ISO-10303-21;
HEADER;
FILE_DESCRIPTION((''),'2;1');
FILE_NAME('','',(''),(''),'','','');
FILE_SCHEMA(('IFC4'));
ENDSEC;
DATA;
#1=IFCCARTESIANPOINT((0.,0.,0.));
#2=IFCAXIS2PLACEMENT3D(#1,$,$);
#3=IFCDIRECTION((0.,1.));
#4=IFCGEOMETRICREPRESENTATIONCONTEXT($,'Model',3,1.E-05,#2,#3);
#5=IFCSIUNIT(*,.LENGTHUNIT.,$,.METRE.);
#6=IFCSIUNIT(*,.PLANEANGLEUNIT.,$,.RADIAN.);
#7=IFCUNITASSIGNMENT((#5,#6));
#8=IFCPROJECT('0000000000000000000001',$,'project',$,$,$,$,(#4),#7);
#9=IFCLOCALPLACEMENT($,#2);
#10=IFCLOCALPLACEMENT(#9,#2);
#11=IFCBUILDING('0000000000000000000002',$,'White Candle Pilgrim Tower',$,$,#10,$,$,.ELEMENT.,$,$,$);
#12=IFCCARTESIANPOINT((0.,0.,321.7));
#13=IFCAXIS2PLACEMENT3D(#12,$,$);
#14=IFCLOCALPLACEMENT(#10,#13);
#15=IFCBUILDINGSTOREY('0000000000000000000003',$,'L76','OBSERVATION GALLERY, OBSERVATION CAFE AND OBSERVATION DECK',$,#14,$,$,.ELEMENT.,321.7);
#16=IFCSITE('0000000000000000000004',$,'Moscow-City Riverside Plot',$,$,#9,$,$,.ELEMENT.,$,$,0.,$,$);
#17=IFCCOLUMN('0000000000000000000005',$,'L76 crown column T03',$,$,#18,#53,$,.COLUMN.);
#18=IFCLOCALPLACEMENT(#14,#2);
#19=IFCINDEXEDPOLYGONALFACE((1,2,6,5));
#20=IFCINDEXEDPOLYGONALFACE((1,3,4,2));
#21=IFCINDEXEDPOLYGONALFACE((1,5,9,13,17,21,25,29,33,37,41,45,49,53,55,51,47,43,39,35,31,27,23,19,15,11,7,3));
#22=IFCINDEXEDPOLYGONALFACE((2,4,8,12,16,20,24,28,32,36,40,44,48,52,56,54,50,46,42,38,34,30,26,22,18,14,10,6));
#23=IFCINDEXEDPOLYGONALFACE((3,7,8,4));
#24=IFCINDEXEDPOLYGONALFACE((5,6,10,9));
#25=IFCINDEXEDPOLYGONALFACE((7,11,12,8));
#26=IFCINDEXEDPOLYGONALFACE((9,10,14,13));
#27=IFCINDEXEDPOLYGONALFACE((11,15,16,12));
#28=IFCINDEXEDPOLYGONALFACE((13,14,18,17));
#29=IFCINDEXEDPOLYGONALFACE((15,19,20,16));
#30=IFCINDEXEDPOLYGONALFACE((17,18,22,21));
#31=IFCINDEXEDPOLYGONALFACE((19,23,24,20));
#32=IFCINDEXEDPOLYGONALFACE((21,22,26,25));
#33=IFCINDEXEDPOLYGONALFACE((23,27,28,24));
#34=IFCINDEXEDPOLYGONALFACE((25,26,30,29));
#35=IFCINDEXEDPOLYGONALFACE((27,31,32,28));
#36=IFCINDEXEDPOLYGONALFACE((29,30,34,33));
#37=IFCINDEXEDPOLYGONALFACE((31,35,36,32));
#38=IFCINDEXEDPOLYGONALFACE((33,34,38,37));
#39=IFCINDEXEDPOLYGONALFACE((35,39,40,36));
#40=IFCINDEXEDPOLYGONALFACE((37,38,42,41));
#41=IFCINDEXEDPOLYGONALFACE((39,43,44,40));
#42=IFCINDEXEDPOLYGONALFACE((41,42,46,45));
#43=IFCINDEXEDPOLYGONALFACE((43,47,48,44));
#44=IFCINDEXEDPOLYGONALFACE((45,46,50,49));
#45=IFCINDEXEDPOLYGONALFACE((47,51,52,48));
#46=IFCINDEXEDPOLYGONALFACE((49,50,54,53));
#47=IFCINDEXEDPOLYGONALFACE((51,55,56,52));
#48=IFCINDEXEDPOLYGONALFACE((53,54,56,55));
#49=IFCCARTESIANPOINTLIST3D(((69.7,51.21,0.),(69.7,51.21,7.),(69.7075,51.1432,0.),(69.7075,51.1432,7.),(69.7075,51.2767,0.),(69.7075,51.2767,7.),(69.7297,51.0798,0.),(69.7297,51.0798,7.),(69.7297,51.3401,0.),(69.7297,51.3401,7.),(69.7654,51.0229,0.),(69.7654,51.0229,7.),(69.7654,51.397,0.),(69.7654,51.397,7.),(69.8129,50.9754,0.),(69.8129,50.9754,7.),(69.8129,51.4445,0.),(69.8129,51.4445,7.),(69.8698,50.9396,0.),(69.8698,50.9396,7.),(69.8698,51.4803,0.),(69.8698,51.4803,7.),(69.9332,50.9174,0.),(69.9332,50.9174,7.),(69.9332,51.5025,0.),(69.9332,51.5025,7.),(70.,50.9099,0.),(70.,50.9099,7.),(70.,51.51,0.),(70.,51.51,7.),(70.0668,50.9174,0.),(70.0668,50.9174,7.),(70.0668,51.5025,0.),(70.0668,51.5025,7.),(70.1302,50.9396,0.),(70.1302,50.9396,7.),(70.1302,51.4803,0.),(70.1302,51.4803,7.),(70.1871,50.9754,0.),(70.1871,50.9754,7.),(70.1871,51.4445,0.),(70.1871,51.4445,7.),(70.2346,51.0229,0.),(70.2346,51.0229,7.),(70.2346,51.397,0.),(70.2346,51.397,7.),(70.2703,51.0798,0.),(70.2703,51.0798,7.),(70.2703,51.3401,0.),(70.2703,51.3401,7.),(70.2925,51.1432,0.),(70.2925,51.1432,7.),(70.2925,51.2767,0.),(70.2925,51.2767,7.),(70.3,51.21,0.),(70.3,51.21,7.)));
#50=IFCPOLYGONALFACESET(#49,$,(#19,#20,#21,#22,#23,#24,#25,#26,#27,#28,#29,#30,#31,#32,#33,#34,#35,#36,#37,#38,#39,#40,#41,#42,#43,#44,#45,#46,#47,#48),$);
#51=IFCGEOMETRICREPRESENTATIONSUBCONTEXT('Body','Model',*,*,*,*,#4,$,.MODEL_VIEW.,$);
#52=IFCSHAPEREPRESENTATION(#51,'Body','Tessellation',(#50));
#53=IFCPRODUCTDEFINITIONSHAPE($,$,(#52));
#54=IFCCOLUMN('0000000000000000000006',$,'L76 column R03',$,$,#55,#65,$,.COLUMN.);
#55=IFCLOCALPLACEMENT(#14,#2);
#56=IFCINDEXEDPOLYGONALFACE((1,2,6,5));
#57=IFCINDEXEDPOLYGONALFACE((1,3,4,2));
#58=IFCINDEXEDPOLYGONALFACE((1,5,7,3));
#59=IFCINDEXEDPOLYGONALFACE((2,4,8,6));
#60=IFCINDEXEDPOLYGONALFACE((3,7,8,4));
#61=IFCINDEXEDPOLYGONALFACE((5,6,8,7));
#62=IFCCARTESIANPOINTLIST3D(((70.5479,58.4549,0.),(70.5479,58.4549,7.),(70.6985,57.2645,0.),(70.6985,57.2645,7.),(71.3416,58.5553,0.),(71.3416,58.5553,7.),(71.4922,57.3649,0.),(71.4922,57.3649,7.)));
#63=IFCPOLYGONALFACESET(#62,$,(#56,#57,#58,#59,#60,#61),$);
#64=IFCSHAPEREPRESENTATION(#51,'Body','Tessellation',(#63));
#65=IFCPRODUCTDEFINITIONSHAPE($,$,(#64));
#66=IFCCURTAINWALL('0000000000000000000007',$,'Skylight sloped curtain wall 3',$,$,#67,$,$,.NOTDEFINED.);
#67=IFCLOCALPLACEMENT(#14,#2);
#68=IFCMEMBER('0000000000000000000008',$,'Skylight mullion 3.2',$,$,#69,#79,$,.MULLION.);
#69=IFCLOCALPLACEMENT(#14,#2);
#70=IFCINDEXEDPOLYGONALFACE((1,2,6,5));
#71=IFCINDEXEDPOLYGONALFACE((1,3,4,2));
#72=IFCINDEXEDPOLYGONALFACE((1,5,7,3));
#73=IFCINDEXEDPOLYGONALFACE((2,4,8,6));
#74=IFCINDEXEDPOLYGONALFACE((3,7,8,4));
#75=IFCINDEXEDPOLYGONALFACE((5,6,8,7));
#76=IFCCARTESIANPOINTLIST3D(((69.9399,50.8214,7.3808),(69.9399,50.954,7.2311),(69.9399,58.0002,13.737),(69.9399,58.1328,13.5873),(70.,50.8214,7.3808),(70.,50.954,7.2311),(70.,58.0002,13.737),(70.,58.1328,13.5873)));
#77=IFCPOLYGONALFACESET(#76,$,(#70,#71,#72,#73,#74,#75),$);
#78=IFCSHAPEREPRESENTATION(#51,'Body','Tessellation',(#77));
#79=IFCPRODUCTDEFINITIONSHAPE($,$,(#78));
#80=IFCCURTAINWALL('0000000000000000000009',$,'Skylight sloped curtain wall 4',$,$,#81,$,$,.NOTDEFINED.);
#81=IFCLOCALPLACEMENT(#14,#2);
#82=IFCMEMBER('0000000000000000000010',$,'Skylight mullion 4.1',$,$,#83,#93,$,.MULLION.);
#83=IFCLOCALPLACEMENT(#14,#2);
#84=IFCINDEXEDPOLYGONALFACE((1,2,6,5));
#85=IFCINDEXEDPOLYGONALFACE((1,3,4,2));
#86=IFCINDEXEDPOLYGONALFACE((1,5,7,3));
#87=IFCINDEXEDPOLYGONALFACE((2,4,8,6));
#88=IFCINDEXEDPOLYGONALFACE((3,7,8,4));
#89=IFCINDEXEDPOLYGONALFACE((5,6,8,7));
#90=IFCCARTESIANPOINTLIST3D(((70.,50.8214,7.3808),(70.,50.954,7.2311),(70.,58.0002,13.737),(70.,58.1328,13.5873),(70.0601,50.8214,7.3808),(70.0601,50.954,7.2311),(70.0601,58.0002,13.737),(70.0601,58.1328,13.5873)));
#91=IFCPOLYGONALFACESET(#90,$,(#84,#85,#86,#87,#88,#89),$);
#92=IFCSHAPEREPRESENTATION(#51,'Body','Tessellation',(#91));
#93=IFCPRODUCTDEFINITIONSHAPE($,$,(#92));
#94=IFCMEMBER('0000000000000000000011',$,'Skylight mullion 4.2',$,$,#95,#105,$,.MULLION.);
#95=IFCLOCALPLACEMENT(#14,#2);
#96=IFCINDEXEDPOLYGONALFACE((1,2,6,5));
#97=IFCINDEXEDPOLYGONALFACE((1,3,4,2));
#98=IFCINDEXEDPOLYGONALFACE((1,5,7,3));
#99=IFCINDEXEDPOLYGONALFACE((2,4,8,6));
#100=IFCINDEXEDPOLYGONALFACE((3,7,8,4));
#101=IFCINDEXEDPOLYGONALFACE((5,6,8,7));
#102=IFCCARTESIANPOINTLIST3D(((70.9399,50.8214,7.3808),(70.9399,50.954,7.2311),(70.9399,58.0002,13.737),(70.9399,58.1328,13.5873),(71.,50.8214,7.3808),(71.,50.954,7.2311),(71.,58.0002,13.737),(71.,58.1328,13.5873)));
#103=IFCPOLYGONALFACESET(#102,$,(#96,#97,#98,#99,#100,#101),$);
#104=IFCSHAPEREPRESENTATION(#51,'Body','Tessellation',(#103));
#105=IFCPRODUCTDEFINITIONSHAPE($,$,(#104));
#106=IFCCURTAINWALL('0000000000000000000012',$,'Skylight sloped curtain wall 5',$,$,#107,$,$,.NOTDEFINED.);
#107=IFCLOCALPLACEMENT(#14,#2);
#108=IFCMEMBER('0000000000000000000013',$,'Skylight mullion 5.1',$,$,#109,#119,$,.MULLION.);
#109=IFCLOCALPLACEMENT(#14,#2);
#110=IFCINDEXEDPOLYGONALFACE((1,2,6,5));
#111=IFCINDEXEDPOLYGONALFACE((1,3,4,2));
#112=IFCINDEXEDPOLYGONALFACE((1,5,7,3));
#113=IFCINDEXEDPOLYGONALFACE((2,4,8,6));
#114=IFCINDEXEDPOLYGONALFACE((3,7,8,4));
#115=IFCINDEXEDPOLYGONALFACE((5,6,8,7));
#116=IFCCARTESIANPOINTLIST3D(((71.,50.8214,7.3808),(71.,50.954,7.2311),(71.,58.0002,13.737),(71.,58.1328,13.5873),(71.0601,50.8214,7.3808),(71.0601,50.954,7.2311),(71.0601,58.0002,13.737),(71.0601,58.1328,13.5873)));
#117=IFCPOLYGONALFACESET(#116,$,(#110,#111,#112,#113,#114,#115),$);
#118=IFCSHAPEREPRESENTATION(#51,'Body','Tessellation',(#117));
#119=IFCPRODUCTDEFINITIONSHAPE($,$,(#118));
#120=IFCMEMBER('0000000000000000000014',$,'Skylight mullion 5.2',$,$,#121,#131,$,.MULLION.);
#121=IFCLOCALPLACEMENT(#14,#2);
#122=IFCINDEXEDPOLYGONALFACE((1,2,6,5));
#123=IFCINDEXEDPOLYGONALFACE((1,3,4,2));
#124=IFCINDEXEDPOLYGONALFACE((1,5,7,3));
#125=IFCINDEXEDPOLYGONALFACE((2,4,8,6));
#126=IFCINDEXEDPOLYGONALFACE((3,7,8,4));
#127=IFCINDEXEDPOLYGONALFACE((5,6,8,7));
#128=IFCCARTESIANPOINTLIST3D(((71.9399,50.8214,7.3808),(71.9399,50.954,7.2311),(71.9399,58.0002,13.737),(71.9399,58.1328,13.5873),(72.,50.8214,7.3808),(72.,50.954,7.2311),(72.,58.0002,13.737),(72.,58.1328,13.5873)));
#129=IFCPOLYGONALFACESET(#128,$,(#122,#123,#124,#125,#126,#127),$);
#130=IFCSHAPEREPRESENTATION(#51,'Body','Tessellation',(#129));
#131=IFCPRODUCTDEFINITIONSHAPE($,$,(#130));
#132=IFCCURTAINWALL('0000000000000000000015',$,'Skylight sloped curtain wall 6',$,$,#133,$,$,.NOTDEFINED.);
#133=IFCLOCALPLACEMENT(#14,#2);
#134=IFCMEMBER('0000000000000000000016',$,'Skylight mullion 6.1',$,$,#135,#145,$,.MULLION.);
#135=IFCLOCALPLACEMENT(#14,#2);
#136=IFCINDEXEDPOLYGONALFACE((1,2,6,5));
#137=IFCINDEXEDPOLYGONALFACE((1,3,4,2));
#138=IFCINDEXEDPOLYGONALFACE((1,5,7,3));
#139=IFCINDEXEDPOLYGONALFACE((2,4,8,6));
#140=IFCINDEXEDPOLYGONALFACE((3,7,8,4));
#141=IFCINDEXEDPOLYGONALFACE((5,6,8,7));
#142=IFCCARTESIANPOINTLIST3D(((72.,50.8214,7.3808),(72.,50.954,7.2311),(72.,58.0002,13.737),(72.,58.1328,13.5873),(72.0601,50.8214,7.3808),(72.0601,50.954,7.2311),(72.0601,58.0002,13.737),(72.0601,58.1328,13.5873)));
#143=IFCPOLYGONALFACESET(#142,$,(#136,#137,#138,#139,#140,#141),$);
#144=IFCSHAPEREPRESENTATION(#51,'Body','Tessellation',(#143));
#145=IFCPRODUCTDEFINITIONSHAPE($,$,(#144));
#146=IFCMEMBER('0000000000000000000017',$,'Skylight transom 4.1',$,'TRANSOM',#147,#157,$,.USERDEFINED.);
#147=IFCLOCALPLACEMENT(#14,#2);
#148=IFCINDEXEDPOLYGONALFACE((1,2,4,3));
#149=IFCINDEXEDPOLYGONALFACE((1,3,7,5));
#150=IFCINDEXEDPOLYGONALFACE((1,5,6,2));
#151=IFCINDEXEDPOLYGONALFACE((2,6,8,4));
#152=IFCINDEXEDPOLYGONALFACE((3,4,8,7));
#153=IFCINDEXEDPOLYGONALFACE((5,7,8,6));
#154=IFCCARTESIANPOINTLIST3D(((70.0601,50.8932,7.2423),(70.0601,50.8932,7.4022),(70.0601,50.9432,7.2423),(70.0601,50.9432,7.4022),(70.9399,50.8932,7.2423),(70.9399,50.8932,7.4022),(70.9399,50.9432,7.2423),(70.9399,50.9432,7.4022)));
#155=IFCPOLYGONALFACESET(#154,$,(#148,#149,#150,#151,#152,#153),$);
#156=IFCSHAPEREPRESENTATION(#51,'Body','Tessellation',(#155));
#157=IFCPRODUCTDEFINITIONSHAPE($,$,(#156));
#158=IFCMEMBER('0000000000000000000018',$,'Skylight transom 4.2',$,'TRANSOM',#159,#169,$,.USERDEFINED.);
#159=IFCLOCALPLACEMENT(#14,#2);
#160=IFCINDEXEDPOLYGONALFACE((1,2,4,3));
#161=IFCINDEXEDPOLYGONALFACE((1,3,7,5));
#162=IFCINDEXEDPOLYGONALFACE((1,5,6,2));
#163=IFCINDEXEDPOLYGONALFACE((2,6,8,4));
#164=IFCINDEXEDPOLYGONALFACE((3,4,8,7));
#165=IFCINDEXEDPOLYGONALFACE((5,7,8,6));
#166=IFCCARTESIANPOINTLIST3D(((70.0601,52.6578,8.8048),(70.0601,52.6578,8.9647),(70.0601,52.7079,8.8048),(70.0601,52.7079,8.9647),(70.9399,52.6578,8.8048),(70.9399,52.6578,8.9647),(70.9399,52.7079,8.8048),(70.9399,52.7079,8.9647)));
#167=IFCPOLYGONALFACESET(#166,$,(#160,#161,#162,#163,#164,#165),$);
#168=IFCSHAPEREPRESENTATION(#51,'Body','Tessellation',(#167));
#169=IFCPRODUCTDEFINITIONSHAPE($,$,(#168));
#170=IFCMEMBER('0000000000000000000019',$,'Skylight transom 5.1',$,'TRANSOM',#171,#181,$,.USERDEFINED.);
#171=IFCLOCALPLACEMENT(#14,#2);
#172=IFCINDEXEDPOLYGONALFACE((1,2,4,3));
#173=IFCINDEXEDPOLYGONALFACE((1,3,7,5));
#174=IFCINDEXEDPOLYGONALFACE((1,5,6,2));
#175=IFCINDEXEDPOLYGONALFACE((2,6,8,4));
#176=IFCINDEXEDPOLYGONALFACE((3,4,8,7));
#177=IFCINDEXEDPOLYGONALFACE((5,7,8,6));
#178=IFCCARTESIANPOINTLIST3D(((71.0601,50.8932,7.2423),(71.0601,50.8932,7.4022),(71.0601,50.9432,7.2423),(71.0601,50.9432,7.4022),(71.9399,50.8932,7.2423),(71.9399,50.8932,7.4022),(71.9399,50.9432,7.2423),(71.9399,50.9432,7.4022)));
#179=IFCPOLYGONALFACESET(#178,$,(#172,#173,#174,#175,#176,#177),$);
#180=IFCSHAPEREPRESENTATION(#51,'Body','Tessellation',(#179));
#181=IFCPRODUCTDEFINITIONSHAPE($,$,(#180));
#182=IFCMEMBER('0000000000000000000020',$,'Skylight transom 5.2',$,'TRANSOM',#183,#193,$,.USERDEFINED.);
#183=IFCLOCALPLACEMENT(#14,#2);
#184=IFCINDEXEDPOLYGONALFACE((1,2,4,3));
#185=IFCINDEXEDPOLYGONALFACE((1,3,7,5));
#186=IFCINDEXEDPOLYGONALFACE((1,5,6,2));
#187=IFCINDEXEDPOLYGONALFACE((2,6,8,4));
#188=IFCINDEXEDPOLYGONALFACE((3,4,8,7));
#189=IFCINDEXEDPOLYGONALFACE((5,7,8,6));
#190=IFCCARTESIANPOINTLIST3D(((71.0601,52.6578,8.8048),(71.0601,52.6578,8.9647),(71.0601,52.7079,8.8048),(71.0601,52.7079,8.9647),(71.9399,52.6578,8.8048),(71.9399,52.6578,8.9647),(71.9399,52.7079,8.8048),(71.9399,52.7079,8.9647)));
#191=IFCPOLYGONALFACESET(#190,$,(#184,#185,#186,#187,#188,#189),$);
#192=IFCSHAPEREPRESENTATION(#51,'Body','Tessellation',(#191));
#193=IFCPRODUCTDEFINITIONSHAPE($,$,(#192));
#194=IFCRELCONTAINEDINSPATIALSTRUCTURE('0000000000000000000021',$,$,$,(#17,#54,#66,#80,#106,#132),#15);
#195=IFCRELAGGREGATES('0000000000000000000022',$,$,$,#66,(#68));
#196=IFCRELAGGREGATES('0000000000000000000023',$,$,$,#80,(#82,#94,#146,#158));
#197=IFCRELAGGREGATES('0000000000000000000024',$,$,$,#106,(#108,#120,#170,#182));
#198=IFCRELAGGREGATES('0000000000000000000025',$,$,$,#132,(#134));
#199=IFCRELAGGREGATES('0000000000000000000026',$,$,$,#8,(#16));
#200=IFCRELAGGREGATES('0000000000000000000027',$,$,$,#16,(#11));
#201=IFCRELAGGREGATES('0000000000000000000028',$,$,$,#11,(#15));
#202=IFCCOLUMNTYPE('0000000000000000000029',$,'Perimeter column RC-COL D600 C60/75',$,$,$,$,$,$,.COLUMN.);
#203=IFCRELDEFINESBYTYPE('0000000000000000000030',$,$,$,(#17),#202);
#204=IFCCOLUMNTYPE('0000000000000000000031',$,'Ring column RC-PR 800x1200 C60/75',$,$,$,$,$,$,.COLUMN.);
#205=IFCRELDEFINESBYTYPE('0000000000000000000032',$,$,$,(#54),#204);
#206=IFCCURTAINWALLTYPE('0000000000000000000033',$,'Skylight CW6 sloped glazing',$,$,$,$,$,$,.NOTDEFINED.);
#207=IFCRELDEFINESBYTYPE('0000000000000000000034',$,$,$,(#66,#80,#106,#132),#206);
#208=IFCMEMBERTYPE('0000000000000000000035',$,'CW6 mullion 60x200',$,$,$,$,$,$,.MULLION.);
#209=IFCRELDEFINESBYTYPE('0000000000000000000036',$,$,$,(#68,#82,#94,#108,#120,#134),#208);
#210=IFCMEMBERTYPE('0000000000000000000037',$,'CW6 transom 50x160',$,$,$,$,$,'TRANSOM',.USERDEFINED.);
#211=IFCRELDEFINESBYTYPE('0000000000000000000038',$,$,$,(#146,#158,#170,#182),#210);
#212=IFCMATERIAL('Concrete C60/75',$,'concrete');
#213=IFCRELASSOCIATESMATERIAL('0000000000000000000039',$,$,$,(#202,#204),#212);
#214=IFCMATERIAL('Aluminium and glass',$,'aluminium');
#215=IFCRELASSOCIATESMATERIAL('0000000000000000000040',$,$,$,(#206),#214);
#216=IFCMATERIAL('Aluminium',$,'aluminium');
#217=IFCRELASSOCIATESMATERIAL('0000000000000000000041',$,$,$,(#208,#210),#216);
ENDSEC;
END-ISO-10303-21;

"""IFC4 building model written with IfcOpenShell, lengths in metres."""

from ifc_helpers import new_model, si_unit, direction, frame, origin, origin_2d, place, context, subcontext, project, spatial, rectangle, circle, extrude, material, material_profile, profile_set, type_object, element, aggregate, save


model = new_model("IFC4")

# Units and contexts
model_context = context("Model", 3, precision=1e-05, world=origin(), true_north=direction((0.0, 1.0)))
body_context = subcontext(model_context, "Body", "Model", "MODEL_VIEW")
ifc_project = project(units=[si_unit("LENGTHUNIT", "METRE"), si_unit("PLANEANGLEUNIT", "RADIAN")], contexts=[model_context])

# Site, building, storey
site_placement = place(None, origin())
site = spatial("IfcSite", under=ifc_project, at=site_placement, Name="Moscow-City Riverside Plot", CompositionType="ELEMENT", RefElevation=0.0)
building_placement = place(site_placement, origin())
building = spatial("IfcBuilding", under=site, at=building_placement, Name="White Candle Pilgrim Tower", CompositionType="ELEMENT")
storey_placement = place(building_placement, frame((0.0, 0.0, 321.7)))
storey = spatial("IfcBuildingStorey", under=building, at=storey_placement, Name="L76", Description="OBSERVATION GALLERY, OBSERVATION CAFE AND OBSERVATION DECK", CompositionType="ELEMENT", Elevation=321.7)

# Columns
ifc_material_1 = material(Name="Concrete C60/75", Category="concrete")
ifc_material_profile_1 = material_profile(ifc_material_1, circle(Radius=0.3, at=origin_2d()), Name="RC-COL D600")
ifc_profile_set_1 = profile_set([ifc_material_profile_1], Name="Concrete C60/75")
column_type_1 = type_object("IfcColumnType", Name="Perimeter column RC-COL D600 C60/75", PredefinedType="COLUMN", material=ifc_profile_set_1)
column_1_placement = place(storey_placement, frame((70.0, 51.21, 0.0), z_axis=(0.0, 0.0, 1.0), x_axis=(1.0, 0.0, 0.0)))
element("IfcColumn", 1, at=column_1_placement, inside=storey, type_object=column_type_1, Name="L76 crown column T03", PredefinedType="COLUMN", context=body_context, shape_type="SweptSolid", body=[
    extrude(circle(Radius=0.3, at=origin_2d()), origin(), (0.0, 0.0, 1.0), 7.0),
])
ifc_material_profile_2 = material_profile(ifc_material_1, rectangle(XDim=0.8, YDim=1.2, at=origin_2d()), Name="RC-PR 800x1200")
ifc_profile_set_2 = profile_set([ifc_material_profile_2], Name="Concrete C60/75")
column_type_2 = type_object("IfcColumnType", Name="Ring column RC-PR 800x1200 C60/75", PredefinedType="COLUMN", material=ifc_profile_set_2)
column_2_placement = place(storey_placement, frame((71.02, 57.9099, 0.0), z_axis=(0.0, 0.0, 1.0), x_axis=(-0.992093, -0.125506, 0.0)))
element("IfcColumn", 2, at=column_2_placement, inside=storey, type_object=column_type_2, Name="L76 column R03", PredefinedType="COLUMN", context=body_context, shape_type="SweptSolid", body=[
    extrude(rectangle(XDim=0.8, YDim=1.2, at=origin_2d()), origin(), (0.0, 0.0, 1.0), 7.0),
])

# Curtain wall, member
ifc_material_2 = material(Name="Aluminium and glass", Category="aluminium")
curtain_wall_type = type_object("IfcCurtainWallType", Name="Skylight CW6 sloped glazing", PredefinedType="NOTDEFINED", material=ifc_material_2)
curtain_wall_1_placement = place(storey_placement, origin())
curtain_wall_1 = element("IfcCurtainWall", 3, at=curtain_wall_1_placement, inside=storey, type_object=curtain_wall_type, Name="Skylight sloped curtain wall 3", PredefinedType="NOTDEFINED")
ifc_material_3 = material(Name="Aluminium", Category="aluminium")
ifc_material_profile_3 = material_profile(ifc_material_3, rectangle(XDim=0.0601, YDim=0.2, at=origin_2d()), Name="CW6 mullion 60x200")
ifc_profile_set_3 = profile_set([ifc_material_profile_3], Name="Aluminium")
member_type_1 = type_object("IfcMemberType", Name="CW6 mullion 60x200", PredefinedType="MULLION", material=ifc_profile_set_3)
member_1_placement = place(storey_placement, frame((69.97, 50.8877, 7.3059), z_axis=(0.0, 0.748696, 0.662913), x_axis=(-1.0, 0.0, 0.0)))
member_1 = element("IfcMember", 4, at=member_1_placement, type_object=member_type_1, Name="Skylight mullion 3.2", PredefinedType="MULLION", context=body_context, shape_type="SweptSolid", body=[
    extrude(rectangle(XDim=0.0601, YDim=0.2, at=origin_2d()), origin(), (0.0, 0.0, 1.0), 9.5884),
])

# Curtain walls, members
curtain_wall_2_placement = place(storey_placement, origin())
curtain_wall_2 = element("IfcCurtainWall", 5, at=curtain_wall_2_placement, inside=storey, type_object=curtain_wall_type, Name="Skylight sloped curtain wall 4", PredefinedType="NOTDEFINED")
member_2_placement = place(storey_placement, frame((70.03, 50.8877, 7.3059), z_axis=(0.0, 0.748696, 0.662913), x_axis=(-1.0, 0.0, 0.0)))
member_2 = element("IfcMember", 6, at=member_2_placement, type_object=member_type_1, Name="Skylight mullion 4.1", PredefinedType="MULLION", context=body_context, shape_type="SweptSolid", body=[
    extrude(rectangle(XDim=0.0601, YDim=0.2, at=origin_2d()), origin(), (0.0, 0.0, 1.0), 9.5884),
])
member_3_placement = place(storey_placement, frame((70.97, 50.8877, 7.3059), z_axis=(0.0, 0.748696, 0.662913), x_axis=(-1.0, 0.0, 0.0)))
member_3 = element("IfcMember", 7, at=member_3_placement, type_object=member_type_1, Name="Skylight mullion 4.2", PredefinedType="MULLION", context=body_context, shape_type="SweptSolid", body=[
    extrude(rectangle(XDim=0.0601, YDim=0.2, at=origin_2d()), origin(), (0.0, 0.0, 1.0), 9.5884),
])
curtain_wall_3_placement = place(storey_placement, origin())
curtain_wall_3 = element("IfcCurtainWall", 8, at=curtain_wall_3_placement, inside=storey, type_object=curtain_wall_type, Name="Skylight sloped curtain wall 5", PredefinedType="NOTDEFINED")
member_4_placement = place(storey_placement, frame((71.03, 50.8877, 7.3059), z_axis=(0.0, 0.748696, 0.662913), x_axis=(-1.0, 0.0, 0.0)))
member_4 = element("IfcMember", 9, at=member_4_placement, type_object=member_type_1, Name="Skylight mullion 5.1", PredefinedType="MULLION", context=body_context, shape_type="SweptSolid", body=[
    extrude(rectangle(XDim=0.0601, YDim=0.2, at=origin_2d()), origin(), (0.0, 0.0, 1.0), 9.5884),
])
member_5_placement = place(storey_placement, frame((71.97, 50.8877, 7.3059), z_axis=(0.0, 0.748696, 0.662913), x_axis=(-1.0, 0.0, 0.0)))
member_5 = element("IfcMember", 10, at=member_5_placement, type_object=member_type_1, Name="Skylight mullion 5.2", PredefinedType="MULLION", context=body_context, shape_type="SweptSolid", body=[
    extrude(rectangle(XDim=0.0601, YDim=0.2, at=origin_2d()), origin(), (0.0, 0.0, 1.0), 9.5884),
])

# Curtain wall, member
curtain_wall_4_placement = place(storey_placement, origin())
curtain_wall_4 = element("IfcCurtainWall", 11, at=curtain_wall_4_placement, inside=storey, type_object=curtain_wall_type, Name="Skylight sloped curtain wall 6", PredefinedType="NOTDEFINED")
member_6_placement = place(storey_placement, frame((72.03, 50.8877, 7.3059), z_axis=(0.0, 0.748696, 0.662913), x_axis=(-1.0, 0.0, 0.0)))
member_6 = element("IfcMember", 12, at=member_6_placement, type_object=member_type_1, Name="Skylight mullion 6.1", PredefinedType="MULLION", context=body_context, shape_type="SweptSolid", body=[
    extrude(rectangle(XDim=0.0601, YDim=0.2, at=origin_2d()), origin(), (0.0, 0.0, 1.0), 9.5884),
])

# Members
ifc_material_profile_4 = material_profile(ifc_material_3, rectangle(XDim=0.05, YDim=0.1599, at=origin_2d()), Name="CW6 transom 50x160")
ifc_profile_set_4 = profile_set([ifc_material_profile_4], Name="Aluminium")
member_type_2 = type_object("IfcMemberType", Name="CW6 transom 50x160", ElementType="TRANSOM", PredefinedType="USERDEFINED", material=ifc_profile_set_4)
member_7_placement = place(storey_placement, frame((70.0601, 50.9182, 7.3223), z_axis=(1.0, 0.0, 0.0), x_axis=(0.0, 1.0, 0.0)))
member_7 = element("IfcMember", 13, at=member_7_placement, type_object=member_type_2, Name="Skylight transom 4.1", ObjectType="TRANSOM", PredefinedType="USERDEFINED", context=body_context, shape_type="SweptSolid", body=[
    extrude(rectangle(XDim=0.05, YDim=0.1599, at=origin_2d()), origin(), (0.0, 0.0, 1.0), 0.8799),
])
member_8_placement = place(storey_placement, frame((70.0601, 52.6829, 8.8848), z_axis=(1.0, 0.0, 0.0), x_axis=(0.0, 1.0, 0.0)))
member_8 = element("IfcMember", 14, at=member_8_placement, type_object=member_type_2, Name="Skylight transom 4.2", ObjectType="TRANSOM", PredefinedType="USERDEFINED", context=body_context, shape_type="SweptSolid", body=[
    extrude(rectangle(XDim=0.05, YDim=0.1599, at=origin_2d()), origin(), (0.0, 0.0, 1.0), 0.8799),
])
member_9_placement = place(storey_placement, frame((71.0601, 50.9182, 7.3223), z_axis=(1.0, 0.0, 0.0), x_axis=(0.0, 1.0, 0.0)))
member_9 = element("IfcMember", 15, at=member_9_placement, type_object=member_type_2, Name="Skylight transom 5.1", ObjectType="TRANSOM", PredefinedType="USERDEFINED", context=body_context, shape_type="SweptSolid", body=[
    extrude(rectangle(XDim=0.05, YDim=0.1599, at=origin_2d()), origin(), (0.0, 0.0, 1.0), 0.8799),
])
member_10_placement = place(storey_placement, frame((71.0601, 52.6829, 8.8848), z_axis=(1.0, 0.0, 0.0), x_axis=(0.0, 1.0, 0.0)))
member_10 = element("IfcMember", 16, at=member_10_placement, type_object=member_type_2, Name="Skylight transom 5.2", ObjectType="TRANSOM", PredefinedType="USERDEFINED", context=body_context, shape_type="SweptSolid", body=[
    extrude(rectangle(XDim=0.05, YDim=0.1599, at=origin_2d()), origin(), (0.0, 0.0, 1.0), 0.8799),
])

aggregate(curtain_wall_1, [member_1])
aggregate(curtain_wall_2, [member_2, member_3, member_7, member_8])
aggregate(curtain_wall_3, [member_4, member_5, member_9, member_10])
aggregate(curtain_wall_4, [member_6])

save(model, "model.ifc")
